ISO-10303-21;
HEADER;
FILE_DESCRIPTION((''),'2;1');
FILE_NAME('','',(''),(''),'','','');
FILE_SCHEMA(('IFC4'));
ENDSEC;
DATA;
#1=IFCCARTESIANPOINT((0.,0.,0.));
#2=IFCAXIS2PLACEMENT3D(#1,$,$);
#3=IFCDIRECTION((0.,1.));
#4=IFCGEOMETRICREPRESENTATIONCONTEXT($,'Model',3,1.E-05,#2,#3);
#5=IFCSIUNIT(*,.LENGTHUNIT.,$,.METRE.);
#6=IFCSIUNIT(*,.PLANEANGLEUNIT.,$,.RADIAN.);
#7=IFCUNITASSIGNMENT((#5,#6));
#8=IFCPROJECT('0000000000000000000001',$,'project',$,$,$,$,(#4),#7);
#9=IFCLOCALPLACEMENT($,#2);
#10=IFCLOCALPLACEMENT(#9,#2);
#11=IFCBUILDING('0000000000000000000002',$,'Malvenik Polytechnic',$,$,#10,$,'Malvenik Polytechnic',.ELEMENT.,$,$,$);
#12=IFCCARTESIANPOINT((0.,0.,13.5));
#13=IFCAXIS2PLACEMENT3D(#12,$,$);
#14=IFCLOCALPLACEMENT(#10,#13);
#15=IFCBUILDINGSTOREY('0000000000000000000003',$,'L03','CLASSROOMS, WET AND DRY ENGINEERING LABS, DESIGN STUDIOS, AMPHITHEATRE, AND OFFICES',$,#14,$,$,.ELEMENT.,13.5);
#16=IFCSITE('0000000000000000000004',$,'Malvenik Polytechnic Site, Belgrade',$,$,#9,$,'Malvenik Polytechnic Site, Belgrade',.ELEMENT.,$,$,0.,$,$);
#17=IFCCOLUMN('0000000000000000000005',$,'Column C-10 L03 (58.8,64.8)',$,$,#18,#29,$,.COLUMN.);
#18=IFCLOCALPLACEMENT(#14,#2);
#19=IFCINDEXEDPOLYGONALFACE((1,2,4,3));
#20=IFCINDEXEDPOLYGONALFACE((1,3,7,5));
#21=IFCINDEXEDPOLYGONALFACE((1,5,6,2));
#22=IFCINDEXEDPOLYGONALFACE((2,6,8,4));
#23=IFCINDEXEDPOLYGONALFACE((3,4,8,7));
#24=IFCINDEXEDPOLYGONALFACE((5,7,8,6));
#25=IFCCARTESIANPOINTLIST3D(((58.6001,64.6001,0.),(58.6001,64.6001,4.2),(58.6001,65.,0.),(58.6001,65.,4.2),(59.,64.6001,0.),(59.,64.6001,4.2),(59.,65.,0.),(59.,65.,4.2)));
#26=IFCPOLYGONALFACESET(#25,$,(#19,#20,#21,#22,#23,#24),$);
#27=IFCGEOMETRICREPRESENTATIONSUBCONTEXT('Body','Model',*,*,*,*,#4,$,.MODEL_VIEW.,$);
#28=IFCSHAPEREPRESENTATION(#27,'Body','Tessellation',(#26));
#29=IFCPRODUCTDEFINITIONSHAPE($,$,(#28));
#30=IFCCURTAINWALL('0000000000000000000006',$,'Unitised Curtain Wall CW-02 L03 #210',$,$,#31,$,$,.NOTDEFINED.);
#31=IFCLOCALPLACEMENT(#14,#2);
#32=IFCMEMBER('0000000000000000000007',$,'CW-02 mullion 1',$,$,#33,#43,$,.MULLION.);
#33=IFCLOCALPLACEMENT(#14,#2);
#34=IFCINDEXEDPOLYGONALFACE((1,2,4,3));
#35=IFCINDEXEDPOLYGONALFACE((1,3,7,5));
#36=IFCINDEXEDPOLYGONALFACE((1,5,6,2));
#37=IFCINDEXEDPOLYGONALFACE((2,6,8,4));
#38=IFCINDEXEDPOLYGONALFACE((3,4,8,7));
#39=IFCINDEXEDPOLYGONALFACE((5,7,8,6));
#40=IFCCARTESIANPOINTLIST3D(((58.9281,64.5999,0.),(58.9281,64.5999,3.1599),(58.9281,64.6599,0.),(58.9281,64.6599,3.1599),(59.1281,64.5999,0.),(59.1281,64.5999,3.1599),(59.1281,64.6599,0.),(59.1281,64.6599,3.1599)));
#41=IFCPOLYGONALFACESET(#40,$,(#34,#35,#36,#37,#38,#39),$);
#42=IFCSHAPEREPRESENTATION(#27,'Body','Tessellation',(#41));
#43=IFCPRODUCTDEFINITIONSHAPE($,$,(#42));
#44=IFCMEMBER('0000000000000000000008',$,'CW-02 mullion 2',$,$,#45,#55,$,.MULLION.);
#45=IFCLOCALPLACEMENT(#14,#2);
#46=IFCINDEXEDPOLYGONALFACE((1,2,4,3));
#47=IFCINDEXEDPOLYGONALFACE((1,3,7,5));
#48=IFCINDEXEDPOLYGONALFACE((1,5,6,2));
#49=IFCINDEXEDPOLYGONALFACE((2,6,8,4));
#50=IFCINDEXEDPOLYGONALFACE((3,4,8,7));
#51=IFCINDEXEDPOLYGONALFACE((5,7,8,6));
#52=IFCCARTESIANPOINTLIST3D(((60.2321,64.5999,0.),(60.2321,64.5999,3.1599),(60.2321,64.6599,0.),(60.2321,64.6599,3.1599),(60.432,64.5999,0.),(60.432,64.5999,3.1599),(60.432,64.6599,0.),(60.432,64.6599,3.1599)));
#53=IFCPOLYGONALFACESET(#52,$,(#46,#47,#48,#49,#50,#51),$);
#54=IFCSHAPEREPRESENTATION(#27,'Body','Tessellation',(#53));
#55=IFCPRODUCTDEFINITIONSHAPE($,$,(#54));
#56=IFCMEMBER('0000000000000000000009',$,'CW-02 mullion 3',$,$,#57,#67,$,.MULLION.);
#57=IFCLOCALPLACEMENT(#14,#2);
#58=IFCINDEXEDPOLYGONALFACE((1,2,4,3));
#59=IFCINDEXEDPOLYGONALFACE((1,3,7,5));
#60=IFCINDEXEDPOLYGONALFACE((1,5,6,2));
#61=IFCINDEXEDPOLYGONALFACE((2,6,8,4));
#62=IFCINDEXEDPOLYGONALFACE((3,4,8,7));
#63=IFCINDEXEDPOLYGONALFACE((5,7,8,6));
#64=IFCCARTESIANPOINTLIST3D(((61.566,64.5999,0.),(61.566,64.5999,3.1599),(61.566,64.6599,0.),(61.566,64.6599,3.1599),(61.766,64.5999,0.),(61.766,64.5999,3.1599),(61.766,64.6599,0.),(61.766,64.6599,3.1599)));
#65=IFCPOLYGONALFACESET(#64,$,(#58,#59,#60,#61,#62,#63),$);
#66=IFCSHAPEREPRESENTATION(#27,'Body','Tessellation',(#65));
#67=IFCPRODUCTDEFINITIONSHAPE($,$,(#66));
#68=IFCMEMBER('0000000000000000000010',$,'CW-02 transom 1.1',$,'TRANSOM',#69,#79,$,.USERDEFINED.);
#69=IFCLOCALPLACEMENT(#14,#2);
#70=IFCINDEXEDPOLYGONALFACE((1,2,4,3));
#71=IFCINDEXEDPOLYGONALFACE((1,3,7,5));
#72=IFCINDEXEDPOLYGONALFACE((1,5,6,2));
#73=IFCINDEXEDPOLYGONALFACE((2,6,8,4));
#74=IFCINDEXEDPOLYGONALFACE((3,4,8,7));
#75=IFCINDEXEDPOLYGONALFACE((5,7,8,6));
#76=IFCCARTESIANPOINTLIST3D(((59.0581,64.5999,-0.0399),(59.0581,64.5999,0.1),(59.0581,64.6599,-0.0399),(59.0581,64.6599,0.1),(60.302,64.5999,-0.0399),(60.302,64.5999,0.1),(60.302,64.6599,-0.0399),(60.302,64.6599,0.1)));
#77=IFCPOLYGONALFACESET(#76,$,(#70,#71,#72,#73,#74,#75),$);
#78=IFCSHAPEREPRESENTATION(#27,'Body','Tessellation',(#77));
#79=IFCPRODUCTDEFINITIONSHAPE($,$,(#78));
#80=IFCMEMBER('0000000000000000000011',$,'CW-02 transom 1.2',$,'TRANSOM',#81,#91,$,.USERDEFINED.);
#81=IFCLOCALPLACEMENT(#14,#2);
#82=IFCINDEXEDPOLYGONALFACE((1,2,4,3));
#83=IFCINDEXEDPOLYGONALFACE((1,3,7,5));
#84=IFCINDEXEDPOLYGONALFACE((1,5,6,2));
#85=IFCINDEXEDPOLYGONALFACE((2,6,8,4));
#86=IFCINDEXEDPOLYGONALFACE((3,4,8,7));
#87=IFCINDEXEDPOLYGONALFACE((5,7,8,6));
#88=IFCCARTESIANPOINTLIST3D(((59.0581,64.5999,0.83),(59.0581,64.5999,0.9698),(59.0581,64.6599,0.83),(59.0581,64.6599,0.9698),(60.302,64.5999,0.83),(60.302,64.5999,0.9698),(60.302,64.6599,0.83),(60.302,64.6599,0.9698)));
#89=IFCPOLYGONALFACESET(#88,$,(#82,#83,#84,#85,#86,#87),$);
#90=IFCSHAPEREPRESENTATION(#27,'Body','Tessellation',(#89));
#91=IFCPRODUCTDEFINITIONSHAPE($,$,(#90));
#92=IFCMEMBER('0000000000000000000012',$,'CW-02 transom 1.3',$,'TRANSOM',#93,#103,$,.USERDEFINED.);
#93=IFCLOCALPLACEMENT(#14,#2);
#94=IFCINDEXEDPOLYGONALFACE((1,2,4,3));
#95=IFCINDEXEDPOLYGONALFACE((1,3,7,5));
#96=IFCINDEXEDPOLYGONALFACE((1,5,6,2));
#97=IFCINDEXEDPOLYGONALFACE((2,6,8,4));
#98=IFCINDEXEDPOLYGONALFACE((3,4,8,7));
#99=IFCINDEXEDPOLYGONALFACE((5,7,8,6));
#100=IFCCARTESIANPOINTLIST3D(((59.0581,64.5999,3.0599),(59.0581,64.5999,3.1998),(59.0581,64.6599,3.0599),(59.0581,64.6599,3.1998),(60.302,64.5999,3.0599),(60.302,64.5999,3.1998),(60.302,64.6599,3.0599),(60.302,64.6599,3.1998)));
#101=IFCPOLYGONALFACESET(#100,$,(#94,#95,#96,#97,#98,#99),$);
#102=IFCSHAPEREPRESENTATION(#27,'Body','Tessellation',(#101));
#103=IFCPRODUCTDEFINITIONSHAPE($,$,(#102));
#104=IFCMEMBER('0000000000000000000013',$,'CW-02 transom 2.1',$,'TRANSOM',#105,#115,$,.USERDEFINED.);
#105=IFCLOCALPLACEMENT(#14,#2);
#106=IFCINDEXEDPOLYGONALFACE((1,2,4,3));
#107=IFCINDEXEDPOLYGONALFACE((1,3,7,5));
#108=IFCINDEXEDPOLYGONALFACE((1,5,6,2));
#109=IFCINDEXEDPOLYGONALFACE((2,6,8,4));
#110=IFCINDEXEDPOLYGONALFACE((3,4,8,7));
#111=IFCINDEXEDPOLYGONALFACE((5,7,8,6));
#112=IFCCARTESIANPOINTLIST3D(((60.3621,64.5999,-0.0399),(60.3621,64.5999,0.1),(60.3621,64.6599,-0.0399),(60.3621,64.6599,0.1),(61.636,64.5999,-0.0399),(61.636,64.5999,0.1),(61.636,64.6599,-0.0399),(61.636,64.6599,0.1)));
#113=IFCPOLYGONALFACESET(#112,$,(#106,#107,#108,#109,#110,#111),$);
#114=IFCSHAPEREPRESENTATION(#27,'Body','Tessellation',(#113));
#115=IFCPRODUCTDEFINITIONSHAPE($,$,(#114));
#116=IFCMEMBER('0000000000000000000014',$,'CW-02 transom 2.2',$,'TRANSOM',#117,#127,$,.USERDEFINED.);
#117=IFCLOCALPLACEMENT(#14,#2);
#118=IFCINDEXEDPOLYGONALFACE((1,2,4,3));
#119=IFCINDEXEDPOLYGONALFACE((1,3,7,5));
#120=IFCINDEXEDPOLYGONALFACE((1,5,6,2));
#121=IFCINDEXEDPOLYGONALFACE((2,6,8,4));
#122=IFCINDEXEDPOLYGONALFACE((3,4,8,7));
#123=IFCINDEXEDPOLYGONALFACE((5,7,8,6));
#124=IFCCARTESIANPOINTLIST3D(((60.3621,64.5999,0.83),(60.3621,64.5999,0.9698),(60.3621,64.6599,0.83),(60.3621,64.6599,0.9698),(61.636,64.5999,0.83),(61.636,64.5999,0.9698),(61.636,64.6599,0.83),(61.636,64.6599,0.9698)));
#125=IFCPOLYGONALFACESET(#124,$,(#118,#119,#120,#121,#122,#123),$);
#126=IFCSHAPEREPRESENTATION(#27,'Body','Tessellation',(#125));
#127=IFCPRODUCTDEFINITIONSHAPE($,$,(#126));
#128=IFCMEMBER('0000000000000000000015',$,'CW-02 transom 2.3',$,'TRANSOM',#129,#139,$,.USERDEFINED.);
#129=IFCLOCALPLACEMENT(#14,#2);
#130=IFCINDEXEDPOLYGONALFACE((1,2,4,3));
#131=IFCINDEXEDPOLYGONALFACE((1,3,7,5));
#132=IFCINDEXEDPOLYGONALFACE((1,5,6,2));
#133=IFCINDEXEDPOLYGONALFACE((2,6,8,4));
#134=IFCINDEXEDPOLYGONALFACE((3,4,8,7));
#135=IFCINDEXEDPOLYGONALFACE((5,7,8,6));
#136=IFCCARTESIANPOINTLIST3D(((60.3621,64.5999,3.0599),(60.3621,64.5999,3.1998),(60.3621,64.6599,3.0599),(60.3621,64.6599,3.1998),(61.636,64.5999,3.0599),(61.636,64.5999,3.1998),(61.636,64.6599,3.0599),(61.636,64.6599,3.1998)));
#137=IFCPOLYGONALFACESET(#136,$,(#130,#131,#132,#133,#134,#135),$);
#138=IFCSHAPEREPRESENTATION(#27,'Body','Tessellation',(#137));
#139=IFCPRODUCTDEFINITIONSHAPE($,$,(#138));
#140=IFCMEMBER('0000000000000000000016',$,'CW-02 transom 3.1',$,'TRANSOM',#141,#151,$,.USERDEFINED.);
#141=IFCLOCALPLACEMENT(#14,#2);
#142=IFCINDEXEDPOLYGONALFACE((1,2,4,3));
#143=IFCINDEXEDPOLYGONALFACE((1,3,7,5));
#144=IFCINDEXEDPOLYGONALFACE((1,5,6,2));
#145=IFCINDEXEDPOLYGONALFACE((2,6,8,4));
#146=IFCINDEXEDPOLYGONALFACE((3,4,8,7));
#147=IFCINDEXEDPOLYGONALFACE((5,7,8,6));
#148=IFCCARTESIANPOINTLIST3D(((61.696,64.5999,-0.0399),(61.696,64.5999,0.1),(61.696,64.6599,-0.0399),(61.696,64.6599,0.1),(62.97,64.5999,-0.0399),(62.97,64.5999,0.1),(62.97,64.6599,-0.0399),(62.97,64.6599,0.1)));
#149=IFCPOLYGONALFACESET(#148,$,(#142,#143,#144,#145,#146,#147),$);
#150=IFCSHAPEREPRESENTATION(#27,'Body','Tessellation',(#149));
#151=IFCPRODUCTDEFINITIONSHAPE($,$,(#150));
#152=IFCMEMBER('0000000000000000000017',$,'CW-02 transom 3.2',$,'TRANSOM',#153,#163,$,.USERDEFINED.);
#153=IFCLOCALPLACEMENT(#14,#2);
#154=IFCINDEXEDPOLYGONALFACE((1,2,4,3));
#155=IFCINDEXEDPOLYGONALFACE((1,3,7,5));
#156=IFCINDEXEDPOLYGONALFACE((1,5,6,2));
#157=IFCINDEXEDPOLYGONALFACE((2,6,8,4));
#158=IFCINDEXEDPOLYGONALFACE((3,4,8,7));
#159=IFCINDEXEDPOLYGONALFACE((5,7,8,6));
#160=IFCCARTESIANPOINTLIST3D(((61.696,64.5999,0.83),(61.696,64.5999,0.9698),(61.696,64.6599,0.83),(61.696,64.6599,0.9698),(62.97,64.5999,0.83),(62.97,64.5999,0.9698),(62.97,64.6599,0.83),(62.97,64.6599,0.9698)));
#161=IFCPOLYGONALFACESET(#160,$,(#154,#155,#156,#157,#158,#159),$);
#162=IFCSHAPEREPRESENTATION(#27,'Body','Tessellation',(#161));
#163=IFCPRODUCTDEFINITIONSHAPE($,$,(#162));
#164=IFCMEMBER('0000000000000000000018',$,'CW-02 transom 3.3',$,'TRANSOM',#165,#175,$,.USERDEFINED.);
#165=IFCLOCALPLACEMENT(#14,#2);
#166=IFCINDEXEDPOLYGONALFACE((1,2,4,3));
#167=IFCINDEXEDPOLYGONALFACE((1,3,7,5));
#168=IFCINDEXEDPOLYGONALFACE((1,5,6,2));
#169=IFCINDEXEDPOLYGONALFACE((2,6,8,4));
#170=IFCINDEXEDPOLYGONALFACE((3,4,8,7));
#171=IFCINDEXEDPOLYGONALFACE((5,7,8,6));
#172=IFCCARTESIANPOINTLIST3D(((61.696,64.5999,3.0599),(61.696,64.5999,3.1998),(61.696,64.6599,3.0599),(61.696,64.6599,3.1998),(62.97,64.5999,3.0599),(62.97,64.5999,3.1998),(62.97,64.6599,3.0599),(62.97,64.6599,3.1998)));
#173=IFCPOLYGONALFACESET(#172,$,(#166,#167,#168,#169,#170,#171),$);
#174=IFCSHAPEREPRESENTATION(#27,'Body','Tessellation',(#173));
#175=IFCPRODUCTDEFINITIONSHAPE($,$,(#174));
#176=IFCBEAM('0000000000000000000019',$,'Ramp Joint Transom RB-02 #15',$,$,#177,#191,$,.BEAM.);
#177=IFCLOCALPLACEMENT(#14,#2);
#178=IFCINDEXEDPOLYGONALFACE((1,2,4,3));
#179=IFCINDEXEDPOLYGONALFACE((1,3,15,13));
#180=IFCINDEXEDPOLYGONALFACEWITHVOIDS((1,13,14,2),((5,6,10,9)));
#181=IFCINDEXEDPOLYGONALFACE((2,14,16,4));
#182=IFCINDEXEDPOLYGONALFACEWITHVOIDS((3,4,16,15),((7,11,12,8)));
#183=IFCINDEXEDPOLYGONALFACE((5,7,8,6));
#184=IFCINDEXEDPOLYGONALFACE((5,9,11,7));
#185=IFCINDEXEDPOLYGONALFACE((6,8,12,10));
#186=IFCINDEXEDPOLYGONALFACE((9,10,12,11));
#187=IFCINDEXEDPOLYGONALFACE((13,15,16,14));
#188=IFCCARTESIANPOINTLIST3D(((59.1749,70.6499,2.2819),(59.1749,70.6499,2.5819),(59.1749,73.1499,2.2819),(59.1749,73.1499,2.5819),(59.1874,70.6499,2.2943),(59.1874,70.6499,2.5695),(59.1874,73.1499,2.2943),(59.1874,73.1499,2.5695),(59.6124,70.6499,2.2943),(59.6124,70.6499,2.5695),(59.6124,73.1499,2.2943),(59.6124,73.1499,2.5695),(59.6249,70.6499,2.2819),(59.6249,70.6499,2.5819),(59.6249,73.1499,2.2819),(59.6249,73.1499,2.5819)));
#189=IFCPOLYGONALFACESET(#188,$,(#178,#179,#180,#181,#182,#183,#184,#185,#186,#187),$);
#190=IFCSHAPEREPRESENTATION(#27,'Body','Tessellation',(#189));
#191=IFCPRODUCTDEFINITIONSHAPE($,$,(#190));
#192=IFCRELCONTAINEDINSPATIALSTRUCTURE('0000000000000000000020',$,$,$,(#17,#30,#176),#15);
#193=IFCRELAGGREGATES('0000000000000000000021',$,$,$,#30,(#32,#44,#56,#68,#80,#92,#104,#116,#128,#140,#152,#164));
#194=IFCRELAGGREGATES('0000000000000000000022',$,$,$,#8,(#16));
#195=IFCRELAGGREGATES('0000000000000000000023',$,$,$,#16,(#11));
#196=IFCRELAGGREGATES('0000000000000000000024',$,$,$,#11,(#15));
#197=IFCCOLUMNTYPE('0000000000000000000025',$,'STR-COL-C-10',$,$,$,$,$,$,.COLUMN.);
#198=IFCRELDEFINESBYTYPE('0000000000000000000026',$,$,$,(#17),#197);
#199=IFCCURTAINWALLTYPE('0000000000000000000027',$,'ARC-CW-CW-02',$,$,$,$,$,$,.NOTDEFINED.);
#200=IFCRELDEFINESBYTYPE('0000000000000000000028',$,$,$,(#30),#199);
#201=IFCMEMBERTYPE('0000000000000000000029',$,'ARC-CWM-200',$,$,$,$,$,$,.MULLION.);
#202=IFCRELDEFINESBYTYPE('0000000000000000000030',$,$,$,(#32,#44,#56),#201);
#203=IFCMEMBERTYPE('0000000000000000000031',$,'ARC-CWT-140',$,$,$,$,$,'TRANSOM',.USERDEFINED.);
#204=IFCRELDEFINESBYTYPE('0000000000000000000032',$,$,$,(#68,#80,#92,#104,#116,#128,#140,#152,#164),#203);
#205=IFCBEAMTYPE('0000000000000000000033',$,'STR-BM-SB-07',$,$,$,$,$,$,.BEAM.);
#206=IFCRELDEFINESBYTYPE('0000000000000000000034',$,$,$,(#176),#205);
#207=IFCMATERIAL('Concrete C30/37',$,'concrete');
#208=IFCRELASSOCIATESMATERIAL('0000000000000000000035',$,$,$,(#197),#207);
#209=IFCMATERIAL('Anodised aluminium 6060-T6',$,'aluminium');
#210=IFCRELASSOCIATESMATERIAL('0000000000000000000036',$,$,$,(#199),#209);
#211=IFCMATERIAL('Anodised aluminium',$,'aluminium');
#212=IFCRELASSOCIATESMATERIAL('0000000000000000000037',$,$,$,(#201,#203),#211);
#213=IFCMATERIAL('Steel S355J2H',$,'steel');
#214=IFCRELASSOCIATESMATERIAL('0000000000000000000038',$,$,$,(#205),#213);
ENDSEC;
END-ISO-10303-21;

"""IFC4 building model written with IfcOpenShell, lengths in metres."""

from ifc_helpers import new_model, si_unit, direction, frame, origin, origin_2d, place, context, subcontext, project, spatial, rectangle, hollow_rectangle, extrude, material, material_profile, profile_set, type_object, element, aggregate, save


model = new_model("IFC4")

# Units and contexts
model_context = context("Model", 3, precision=1e-05, world=origin(), true_north=direction((0.0, 1.0)))
body_context = subcontext(model_context, "Body", "Model", "MODEL_VIEW")
ifc_project = project(units=[si_unit("LENGTHUNIT", "METRE"), si_unit("PLANEANGLEUNIT", "RADIAN")], contexts=[model_context])

# Site, building, storey
site_placement = place(None, origin())
site = spatial("IfcSite", under=ifc_project, at=site_placement, Name="Malvenik Polytechnic Site, Belgrade", LongName="Malvenik Polytechnic Site, Belgrade", CompositionType="ELEMENT", RefElevation=0.0)
building_placement = place(site_placement, origin())
building = spatial("IfcBuilding", under=site, at=building_placement, Name="Malvenik Polytechnic", LongName="Malvenik Polytechnic", CompositionType="ELEMENT")
storey_placement = place(building_placement, frame((0.0, 0.0, 13.5)))
storey = spatial("IfcBuildingStorey", under=building, at=storey_placement, Name="L03", Description="CLASSROOMS, WET AND DRY ENGINEERING LABS, DESIGN STUDIOS, AMPHITHEATRE, AND OFFICES", CompositionType="ELEMENT", Elevation=13.5)

# Column
ifc_material_1 = material(Name="Concrete C30/37", Category="concrete")
ifc_material_profile_1 = material_profile(ifc_material_1, rectangle(XDim=0.3999, YDim=0.3999, at=origin_2d()), Name="RC COL 400x400")
ifc_profile_set_1 = profile_set([ifc_material_profile_1], Name="Concrete C30/37")
column_type = type_object("IfcColumnType", Name="STR-COL-C-10", PredefinedType="COLUMN", material=ifc_profile_set_1)
column_placement = place(storey_placement, frame((58.8, 64.8, 0.0), z_axis=(0.0, 0.0, 1.0), x_axis=(1.0, 0.0, 0.0)))
element("IfcColumn", 1, at=column_placement, inside=storey, type_object=column_type, Name="Column C-10 L03 (58.8,64.8)", PredefinedType="COLUMN", context=body_context, shape_type="SweptSolid", body=[
    extrude(rectangle(XDim=0.3999, YDim=0.3999, at=origin_2d()), origin(), (0.0, 0.0, 1.0), 4.2),
])

# Curtain wall, members
ifc_material_2 = material(Name="Anodised aluminium 6060-T6", Category="aluminium")
curtain_wall_type = type_object("IfcCurtainWallType", Name="ARC-CW-CW-02", PredefinedType="NOTDEFINED", material=ifc_material_2)
curtain_wall_placement = place(storey_placement, origin())
curtain_wall = element("IfcCurtainWall", 2, at=curtain_wall_placement, inside=storey, type_object=curtain_wall_type, Name="Unitised Curtain Wall CW-02 L03 #210", PredefinedType="NOTDEFINED")
ifc_material_3 = material(Name="Anodised aluminium", Category="aluminium")
ifc_material_profile_2 = material_profile(ifc_material_3, rectangle(XDim=0.0601, YDim=0.2, at=origin_2d()), Name="ALU MULLION 60x200")
ifc_profile_set_2 = profile_set([ifc_material_profile_2], Name="Anodised aluminium")
member_type_1 = type_object("IfcMemberType", Name="ARC-CWM-200", PredefinedType="MULLION", material=ifc_profile_set_2)
member_1_placement = place(storey_placement, frame((59.0281, 64.6299, 0.0), z_axis=(0.0, 0.0, 1.0), x_axis=(0.0, 1.0, 0.0)))
member_1 = element("IfcMember", 3, at=member_1_placement, type_object=member_type_1, Name="CW-02 mullion 1", PredefinedType="MULLION", context=body_context, shape_type="SweptSolid", body=[
    extrude(rectangle(XDim=0.0601, YDim=0.2, at=origin_2d()), origin(), (0.0, 0.0, 1.0), 3.1599),
])
member_2_placement = place(storey_placement, frame((60.332, 64.6299, 0.0), z_axis=(0.0, 0.0, 1.0), x_axis=(0.0, 1.0, 0.0)))
member_2 = element("IfcMember", 4, at=member_2_placement, type_object=member_type_1, Name="CW-02 mullion 2", PredefinedType="MULLION", context=body_context, shape_type="SweptSolid", body=[
    extrude(rectangle(XDim=0.0601, YDim=0.2, at=origin_2d()), origin(), (0.0, 0.0, 1.0), 3.1599),
])
member_3_placement = place(storey_placement, frame((61.666, 64.6299, 0.0), z_axis=(0.0, 0.0, 1.0), x_axis=(0.0, 1.0, 0.0)))
member_3 = element("IfcMember", 5, at=member_3_placement, type_object=member_type_1, Name="CW-02 mullion 3", PredefinedType="MULLION", context=body_context, shape_type="SweptSolid", body=[
    extrude(rectangle(XDim=0.0601, YDim=0.2, at=origin_2d()), origin(), (0.0, 0.0, 1.0), 3.1599),
])
ifc_material_profile_3 = material_profile(ifc_material_3, rectangle(XDim=0.0601, YDim=0.1399, at=origin_2d()), Name="ALU TRANSOM 60x140")
ifc_profile_set_3 = profile_set([ifc_material_profile_3], Name="Anodised aluminium")
member_type_2 = type_object("IfcMemberType", Name="ARC-CWT-140", ElementType="TRANSOM", PredefinedType="USERDEFINED", material=ifc_profile_set_3)
member_4_placement = place(storey_placement, frame((59.0581, 64.6299, 0.03), z_axis=(1.0, 0.0, 0.0), x_axis=(0.0, 1.0, 0.0)))
member_4 = element("IfcMember", 6, at=member_4_placement, type_object=member_type_2, Name="CW-02 transom 1.1", ObjectType="TRANSOM", PredefinedType="USERDEFINED", context=body_context, shape_type="SweptSolid", body=[
    extrude(rectangle(XDim=0.0601, YDim=0.1399, at=origin_2d()), origin(), (0.0, 0.0, 1.0), 1.2439),
])
member_5_placement = place(storey_placement, frame((59.0581, 64.6299, 0.8999), z_axis=(1.0, 0.0, 0.0), x_axis=(0.0, 1.0, 0.0)))
member_5 = element("IfcMember", 7, at=member_5_placement, type_object=member_type_2, Name="CW-02 transom 1.2", ObjectType="TRANSOM", PredefinedType="USERDEFINED", context=body_context, shape_type="SweptSolid", body=[
    extrude(rectangle(XDim=0.0601, YDim=0.1399, at=origin_2d()), origin(), (0.0, 0.0, 1.0), 1.2439),
])
member_6_placement = place(storey_placement, frame((59.0581, 64.6299, 3.1299), z_axis=(1.0, 0.0, 0.0), x_axis=(0.0, 1.0, 0.0)))
member_6 = element("IfcMember", 8, at=member_6_placement, type_object=member_type_2, Name="CW-02 transom 1.3", ObjectType="TRANSOM", PredefinedType="USERDEFINED", context=body_context, shape_type="SweptSolid", body=[
    extrude(rectangle(XDim=0.0601, YDim=0.1399, at=origin_2d()), origin(), (0.0, 0.0, 1.0), 1.2439),
])
member_7_placement = place(storey_placement, frame((60.3621, 64.6299, 0.03), z_axis=(1.0, 0.0, 0.0), x_axis=(0.0, 1.0, 0.0)))
member_7 = element("IfcMember", 9, at=member_7_placement, type_object=member_type_2, Name="CW-02 transom 2.1", ObjectType="TRANSOM", PredefinedType="USERDEFINED", context=body_context, shape_type="SweptSolid", body=[
    extrude(rectangle(XDim=0.0601, YDim=0.1399, at=origin_2d()), origin(), (0.0, 0.0, 1.0), 1.2739),
])
member_8_placement = place(storey_placement, frame((60.3621, 64.6299, 0.8999), z_axis=(1.0, 0.0, 0.0), x_axis=(0.0, 1.0, 0.0)))
member_8 = element("IfcMember", 10, at=member_8_placement, type_object=member_type_2, Name="CW-02 transom 2.2", ObjectType="TRANSOM", PredefinedType="USERDEFINED", context=body_context, shape_type="SweptSolid", body=[
    extrude(rectangle(XDim=0.0601, YDim=0.1399, at=origin_2d()), origin(), (0.0, 0.0, 1.0), 1.2739),
])
member_9_placement = place(storey_placement, frame((60.3621, 64.6299, 3.1299), z_axis=(1.0, 0.0, 0.0), x_axis=(0.0, 1.0, 0.0)))
member_9 = element("IfcMember", 11, at=member_9_placement, type_object=member_type_2, Name="CW-02 transom 2.3", ObjectType="TRANSOM", PredefinedType="USERDEFINED", context=body_context, shape_type="SweptSolid", body=[
    extrude(rectangle(XDim=0.0601, YDim=0.1399, at=origin_2d()), origin(), (0.0, 0.0, 1.0), 1.2739),
])
member_10_placement = place(storey_placement, frame((61.696, 64.6299, 0.03), z_axis=(1.0, 0.0, 0.0), x_axis=(0.0, 1.0, 0.0)))
member_10 = element("IfcMember", 12, at=member_10_placement, type_object=member_type_2, Name="CW-02 transom 3.1", ObjectType="TRANSOM", PredefinedType="USERDEFINED", context=body_context, shape_type="SweptSolid", body=[
    extrude(rectangle(XDim=0.0601, YDim=0.1399, at=origin_2d()), origin(), (0.0, 0.0, 1.0), 1.2739),
])
member_11_placement = place(storey_placement, frame((61.696, 64.6299, 0.8999), z_axis=(1.0, 0.0, 0.0), x_axis=(0.0, 1.0, 0.0)))
member_11 = element("IfcMember", 13, at=member_11_placement, type_object=member_type_2, Name="CW-02 transom 3.2", ObjectType="TRANSOM", PredefinedType="USERDEFINED", context=body_context, shape_type="SweptSolid", body=[
    extrude(rectangle(XDim=0.0601, YDim=0.1399, at=origin_2d()), origin(), (0.0, 0.0, 1.0), 1.2739),
])
member_12_placement = place(storey_placement, frame((61.696, 64.6299, 3.1299), z_axis=(1.0, 0.0, 0.0), x_axis=(0.0, 1.0, 0.0)))
member_12 = element("IfcMember", 14, at=member_12_placement, type_object=member_type_2, Name="CW-02 transom 3.3", ObjectType="TRANSOM", PredefinedType="USERDEFINED", context=body_context, shape_type="SweptSolid", body=[
    extrude(rectangle(XDim=0.0601, YDim=0.1399, at=origin_2d()), origin(), (0.0, 0.0, 1.0), 1.2739),
])

# Beam
ifc_material_4 = material(Name="Steel S355J2H", Category="steel")
ifc_material_profile_4 = material_profile(ifc_material_4, hollow_rectangle(XDim=0.45, YDim=0.3, WallThickness=0.0125, at=origin_2d()), Name="RHS 450x300x12.5")
ifc_profile_set_4 = profile_set([ifc_material_profile_4], Name="Steel S355J2H")
beam_type_1 = type_object("IfcBeamType", Name="STR-BM-SB-07", PredefinedType="BEAM", material=ifc_profile_set_4)
for number, where, z_axis, x_axis, name in (
    (15, (59.3999, 70.6499, 2.4319), (0.0, 1.0, 0.0), (-1.0, 0.0, 0.0), "Ramp Joint Transom RB-02 #15"),
):
    element("IfcBeam", number, at=place(storey_placement, frame(where, z_axis=z_axis, x_axis=x_axis)), inside=storey, type_object=beam_type_1, Name=name, PredefinedType="BEAM", context=body_context, shape_type="SweptSolid", body=[
        extrude(hollow_rectangle(XDim=0.45, YDim=0.3, WallThickness=0.0125, at=origin_2d()), origin(), (0.0, 0.0, 1.0), 2.5),
    ])

aggregate(curtain_wall, [member_1, member_2, member_3, member_4, member_5, member_6, member_7, member_8, member_9, member_10, member_11, member_12])

save(model, "model.ifc")
